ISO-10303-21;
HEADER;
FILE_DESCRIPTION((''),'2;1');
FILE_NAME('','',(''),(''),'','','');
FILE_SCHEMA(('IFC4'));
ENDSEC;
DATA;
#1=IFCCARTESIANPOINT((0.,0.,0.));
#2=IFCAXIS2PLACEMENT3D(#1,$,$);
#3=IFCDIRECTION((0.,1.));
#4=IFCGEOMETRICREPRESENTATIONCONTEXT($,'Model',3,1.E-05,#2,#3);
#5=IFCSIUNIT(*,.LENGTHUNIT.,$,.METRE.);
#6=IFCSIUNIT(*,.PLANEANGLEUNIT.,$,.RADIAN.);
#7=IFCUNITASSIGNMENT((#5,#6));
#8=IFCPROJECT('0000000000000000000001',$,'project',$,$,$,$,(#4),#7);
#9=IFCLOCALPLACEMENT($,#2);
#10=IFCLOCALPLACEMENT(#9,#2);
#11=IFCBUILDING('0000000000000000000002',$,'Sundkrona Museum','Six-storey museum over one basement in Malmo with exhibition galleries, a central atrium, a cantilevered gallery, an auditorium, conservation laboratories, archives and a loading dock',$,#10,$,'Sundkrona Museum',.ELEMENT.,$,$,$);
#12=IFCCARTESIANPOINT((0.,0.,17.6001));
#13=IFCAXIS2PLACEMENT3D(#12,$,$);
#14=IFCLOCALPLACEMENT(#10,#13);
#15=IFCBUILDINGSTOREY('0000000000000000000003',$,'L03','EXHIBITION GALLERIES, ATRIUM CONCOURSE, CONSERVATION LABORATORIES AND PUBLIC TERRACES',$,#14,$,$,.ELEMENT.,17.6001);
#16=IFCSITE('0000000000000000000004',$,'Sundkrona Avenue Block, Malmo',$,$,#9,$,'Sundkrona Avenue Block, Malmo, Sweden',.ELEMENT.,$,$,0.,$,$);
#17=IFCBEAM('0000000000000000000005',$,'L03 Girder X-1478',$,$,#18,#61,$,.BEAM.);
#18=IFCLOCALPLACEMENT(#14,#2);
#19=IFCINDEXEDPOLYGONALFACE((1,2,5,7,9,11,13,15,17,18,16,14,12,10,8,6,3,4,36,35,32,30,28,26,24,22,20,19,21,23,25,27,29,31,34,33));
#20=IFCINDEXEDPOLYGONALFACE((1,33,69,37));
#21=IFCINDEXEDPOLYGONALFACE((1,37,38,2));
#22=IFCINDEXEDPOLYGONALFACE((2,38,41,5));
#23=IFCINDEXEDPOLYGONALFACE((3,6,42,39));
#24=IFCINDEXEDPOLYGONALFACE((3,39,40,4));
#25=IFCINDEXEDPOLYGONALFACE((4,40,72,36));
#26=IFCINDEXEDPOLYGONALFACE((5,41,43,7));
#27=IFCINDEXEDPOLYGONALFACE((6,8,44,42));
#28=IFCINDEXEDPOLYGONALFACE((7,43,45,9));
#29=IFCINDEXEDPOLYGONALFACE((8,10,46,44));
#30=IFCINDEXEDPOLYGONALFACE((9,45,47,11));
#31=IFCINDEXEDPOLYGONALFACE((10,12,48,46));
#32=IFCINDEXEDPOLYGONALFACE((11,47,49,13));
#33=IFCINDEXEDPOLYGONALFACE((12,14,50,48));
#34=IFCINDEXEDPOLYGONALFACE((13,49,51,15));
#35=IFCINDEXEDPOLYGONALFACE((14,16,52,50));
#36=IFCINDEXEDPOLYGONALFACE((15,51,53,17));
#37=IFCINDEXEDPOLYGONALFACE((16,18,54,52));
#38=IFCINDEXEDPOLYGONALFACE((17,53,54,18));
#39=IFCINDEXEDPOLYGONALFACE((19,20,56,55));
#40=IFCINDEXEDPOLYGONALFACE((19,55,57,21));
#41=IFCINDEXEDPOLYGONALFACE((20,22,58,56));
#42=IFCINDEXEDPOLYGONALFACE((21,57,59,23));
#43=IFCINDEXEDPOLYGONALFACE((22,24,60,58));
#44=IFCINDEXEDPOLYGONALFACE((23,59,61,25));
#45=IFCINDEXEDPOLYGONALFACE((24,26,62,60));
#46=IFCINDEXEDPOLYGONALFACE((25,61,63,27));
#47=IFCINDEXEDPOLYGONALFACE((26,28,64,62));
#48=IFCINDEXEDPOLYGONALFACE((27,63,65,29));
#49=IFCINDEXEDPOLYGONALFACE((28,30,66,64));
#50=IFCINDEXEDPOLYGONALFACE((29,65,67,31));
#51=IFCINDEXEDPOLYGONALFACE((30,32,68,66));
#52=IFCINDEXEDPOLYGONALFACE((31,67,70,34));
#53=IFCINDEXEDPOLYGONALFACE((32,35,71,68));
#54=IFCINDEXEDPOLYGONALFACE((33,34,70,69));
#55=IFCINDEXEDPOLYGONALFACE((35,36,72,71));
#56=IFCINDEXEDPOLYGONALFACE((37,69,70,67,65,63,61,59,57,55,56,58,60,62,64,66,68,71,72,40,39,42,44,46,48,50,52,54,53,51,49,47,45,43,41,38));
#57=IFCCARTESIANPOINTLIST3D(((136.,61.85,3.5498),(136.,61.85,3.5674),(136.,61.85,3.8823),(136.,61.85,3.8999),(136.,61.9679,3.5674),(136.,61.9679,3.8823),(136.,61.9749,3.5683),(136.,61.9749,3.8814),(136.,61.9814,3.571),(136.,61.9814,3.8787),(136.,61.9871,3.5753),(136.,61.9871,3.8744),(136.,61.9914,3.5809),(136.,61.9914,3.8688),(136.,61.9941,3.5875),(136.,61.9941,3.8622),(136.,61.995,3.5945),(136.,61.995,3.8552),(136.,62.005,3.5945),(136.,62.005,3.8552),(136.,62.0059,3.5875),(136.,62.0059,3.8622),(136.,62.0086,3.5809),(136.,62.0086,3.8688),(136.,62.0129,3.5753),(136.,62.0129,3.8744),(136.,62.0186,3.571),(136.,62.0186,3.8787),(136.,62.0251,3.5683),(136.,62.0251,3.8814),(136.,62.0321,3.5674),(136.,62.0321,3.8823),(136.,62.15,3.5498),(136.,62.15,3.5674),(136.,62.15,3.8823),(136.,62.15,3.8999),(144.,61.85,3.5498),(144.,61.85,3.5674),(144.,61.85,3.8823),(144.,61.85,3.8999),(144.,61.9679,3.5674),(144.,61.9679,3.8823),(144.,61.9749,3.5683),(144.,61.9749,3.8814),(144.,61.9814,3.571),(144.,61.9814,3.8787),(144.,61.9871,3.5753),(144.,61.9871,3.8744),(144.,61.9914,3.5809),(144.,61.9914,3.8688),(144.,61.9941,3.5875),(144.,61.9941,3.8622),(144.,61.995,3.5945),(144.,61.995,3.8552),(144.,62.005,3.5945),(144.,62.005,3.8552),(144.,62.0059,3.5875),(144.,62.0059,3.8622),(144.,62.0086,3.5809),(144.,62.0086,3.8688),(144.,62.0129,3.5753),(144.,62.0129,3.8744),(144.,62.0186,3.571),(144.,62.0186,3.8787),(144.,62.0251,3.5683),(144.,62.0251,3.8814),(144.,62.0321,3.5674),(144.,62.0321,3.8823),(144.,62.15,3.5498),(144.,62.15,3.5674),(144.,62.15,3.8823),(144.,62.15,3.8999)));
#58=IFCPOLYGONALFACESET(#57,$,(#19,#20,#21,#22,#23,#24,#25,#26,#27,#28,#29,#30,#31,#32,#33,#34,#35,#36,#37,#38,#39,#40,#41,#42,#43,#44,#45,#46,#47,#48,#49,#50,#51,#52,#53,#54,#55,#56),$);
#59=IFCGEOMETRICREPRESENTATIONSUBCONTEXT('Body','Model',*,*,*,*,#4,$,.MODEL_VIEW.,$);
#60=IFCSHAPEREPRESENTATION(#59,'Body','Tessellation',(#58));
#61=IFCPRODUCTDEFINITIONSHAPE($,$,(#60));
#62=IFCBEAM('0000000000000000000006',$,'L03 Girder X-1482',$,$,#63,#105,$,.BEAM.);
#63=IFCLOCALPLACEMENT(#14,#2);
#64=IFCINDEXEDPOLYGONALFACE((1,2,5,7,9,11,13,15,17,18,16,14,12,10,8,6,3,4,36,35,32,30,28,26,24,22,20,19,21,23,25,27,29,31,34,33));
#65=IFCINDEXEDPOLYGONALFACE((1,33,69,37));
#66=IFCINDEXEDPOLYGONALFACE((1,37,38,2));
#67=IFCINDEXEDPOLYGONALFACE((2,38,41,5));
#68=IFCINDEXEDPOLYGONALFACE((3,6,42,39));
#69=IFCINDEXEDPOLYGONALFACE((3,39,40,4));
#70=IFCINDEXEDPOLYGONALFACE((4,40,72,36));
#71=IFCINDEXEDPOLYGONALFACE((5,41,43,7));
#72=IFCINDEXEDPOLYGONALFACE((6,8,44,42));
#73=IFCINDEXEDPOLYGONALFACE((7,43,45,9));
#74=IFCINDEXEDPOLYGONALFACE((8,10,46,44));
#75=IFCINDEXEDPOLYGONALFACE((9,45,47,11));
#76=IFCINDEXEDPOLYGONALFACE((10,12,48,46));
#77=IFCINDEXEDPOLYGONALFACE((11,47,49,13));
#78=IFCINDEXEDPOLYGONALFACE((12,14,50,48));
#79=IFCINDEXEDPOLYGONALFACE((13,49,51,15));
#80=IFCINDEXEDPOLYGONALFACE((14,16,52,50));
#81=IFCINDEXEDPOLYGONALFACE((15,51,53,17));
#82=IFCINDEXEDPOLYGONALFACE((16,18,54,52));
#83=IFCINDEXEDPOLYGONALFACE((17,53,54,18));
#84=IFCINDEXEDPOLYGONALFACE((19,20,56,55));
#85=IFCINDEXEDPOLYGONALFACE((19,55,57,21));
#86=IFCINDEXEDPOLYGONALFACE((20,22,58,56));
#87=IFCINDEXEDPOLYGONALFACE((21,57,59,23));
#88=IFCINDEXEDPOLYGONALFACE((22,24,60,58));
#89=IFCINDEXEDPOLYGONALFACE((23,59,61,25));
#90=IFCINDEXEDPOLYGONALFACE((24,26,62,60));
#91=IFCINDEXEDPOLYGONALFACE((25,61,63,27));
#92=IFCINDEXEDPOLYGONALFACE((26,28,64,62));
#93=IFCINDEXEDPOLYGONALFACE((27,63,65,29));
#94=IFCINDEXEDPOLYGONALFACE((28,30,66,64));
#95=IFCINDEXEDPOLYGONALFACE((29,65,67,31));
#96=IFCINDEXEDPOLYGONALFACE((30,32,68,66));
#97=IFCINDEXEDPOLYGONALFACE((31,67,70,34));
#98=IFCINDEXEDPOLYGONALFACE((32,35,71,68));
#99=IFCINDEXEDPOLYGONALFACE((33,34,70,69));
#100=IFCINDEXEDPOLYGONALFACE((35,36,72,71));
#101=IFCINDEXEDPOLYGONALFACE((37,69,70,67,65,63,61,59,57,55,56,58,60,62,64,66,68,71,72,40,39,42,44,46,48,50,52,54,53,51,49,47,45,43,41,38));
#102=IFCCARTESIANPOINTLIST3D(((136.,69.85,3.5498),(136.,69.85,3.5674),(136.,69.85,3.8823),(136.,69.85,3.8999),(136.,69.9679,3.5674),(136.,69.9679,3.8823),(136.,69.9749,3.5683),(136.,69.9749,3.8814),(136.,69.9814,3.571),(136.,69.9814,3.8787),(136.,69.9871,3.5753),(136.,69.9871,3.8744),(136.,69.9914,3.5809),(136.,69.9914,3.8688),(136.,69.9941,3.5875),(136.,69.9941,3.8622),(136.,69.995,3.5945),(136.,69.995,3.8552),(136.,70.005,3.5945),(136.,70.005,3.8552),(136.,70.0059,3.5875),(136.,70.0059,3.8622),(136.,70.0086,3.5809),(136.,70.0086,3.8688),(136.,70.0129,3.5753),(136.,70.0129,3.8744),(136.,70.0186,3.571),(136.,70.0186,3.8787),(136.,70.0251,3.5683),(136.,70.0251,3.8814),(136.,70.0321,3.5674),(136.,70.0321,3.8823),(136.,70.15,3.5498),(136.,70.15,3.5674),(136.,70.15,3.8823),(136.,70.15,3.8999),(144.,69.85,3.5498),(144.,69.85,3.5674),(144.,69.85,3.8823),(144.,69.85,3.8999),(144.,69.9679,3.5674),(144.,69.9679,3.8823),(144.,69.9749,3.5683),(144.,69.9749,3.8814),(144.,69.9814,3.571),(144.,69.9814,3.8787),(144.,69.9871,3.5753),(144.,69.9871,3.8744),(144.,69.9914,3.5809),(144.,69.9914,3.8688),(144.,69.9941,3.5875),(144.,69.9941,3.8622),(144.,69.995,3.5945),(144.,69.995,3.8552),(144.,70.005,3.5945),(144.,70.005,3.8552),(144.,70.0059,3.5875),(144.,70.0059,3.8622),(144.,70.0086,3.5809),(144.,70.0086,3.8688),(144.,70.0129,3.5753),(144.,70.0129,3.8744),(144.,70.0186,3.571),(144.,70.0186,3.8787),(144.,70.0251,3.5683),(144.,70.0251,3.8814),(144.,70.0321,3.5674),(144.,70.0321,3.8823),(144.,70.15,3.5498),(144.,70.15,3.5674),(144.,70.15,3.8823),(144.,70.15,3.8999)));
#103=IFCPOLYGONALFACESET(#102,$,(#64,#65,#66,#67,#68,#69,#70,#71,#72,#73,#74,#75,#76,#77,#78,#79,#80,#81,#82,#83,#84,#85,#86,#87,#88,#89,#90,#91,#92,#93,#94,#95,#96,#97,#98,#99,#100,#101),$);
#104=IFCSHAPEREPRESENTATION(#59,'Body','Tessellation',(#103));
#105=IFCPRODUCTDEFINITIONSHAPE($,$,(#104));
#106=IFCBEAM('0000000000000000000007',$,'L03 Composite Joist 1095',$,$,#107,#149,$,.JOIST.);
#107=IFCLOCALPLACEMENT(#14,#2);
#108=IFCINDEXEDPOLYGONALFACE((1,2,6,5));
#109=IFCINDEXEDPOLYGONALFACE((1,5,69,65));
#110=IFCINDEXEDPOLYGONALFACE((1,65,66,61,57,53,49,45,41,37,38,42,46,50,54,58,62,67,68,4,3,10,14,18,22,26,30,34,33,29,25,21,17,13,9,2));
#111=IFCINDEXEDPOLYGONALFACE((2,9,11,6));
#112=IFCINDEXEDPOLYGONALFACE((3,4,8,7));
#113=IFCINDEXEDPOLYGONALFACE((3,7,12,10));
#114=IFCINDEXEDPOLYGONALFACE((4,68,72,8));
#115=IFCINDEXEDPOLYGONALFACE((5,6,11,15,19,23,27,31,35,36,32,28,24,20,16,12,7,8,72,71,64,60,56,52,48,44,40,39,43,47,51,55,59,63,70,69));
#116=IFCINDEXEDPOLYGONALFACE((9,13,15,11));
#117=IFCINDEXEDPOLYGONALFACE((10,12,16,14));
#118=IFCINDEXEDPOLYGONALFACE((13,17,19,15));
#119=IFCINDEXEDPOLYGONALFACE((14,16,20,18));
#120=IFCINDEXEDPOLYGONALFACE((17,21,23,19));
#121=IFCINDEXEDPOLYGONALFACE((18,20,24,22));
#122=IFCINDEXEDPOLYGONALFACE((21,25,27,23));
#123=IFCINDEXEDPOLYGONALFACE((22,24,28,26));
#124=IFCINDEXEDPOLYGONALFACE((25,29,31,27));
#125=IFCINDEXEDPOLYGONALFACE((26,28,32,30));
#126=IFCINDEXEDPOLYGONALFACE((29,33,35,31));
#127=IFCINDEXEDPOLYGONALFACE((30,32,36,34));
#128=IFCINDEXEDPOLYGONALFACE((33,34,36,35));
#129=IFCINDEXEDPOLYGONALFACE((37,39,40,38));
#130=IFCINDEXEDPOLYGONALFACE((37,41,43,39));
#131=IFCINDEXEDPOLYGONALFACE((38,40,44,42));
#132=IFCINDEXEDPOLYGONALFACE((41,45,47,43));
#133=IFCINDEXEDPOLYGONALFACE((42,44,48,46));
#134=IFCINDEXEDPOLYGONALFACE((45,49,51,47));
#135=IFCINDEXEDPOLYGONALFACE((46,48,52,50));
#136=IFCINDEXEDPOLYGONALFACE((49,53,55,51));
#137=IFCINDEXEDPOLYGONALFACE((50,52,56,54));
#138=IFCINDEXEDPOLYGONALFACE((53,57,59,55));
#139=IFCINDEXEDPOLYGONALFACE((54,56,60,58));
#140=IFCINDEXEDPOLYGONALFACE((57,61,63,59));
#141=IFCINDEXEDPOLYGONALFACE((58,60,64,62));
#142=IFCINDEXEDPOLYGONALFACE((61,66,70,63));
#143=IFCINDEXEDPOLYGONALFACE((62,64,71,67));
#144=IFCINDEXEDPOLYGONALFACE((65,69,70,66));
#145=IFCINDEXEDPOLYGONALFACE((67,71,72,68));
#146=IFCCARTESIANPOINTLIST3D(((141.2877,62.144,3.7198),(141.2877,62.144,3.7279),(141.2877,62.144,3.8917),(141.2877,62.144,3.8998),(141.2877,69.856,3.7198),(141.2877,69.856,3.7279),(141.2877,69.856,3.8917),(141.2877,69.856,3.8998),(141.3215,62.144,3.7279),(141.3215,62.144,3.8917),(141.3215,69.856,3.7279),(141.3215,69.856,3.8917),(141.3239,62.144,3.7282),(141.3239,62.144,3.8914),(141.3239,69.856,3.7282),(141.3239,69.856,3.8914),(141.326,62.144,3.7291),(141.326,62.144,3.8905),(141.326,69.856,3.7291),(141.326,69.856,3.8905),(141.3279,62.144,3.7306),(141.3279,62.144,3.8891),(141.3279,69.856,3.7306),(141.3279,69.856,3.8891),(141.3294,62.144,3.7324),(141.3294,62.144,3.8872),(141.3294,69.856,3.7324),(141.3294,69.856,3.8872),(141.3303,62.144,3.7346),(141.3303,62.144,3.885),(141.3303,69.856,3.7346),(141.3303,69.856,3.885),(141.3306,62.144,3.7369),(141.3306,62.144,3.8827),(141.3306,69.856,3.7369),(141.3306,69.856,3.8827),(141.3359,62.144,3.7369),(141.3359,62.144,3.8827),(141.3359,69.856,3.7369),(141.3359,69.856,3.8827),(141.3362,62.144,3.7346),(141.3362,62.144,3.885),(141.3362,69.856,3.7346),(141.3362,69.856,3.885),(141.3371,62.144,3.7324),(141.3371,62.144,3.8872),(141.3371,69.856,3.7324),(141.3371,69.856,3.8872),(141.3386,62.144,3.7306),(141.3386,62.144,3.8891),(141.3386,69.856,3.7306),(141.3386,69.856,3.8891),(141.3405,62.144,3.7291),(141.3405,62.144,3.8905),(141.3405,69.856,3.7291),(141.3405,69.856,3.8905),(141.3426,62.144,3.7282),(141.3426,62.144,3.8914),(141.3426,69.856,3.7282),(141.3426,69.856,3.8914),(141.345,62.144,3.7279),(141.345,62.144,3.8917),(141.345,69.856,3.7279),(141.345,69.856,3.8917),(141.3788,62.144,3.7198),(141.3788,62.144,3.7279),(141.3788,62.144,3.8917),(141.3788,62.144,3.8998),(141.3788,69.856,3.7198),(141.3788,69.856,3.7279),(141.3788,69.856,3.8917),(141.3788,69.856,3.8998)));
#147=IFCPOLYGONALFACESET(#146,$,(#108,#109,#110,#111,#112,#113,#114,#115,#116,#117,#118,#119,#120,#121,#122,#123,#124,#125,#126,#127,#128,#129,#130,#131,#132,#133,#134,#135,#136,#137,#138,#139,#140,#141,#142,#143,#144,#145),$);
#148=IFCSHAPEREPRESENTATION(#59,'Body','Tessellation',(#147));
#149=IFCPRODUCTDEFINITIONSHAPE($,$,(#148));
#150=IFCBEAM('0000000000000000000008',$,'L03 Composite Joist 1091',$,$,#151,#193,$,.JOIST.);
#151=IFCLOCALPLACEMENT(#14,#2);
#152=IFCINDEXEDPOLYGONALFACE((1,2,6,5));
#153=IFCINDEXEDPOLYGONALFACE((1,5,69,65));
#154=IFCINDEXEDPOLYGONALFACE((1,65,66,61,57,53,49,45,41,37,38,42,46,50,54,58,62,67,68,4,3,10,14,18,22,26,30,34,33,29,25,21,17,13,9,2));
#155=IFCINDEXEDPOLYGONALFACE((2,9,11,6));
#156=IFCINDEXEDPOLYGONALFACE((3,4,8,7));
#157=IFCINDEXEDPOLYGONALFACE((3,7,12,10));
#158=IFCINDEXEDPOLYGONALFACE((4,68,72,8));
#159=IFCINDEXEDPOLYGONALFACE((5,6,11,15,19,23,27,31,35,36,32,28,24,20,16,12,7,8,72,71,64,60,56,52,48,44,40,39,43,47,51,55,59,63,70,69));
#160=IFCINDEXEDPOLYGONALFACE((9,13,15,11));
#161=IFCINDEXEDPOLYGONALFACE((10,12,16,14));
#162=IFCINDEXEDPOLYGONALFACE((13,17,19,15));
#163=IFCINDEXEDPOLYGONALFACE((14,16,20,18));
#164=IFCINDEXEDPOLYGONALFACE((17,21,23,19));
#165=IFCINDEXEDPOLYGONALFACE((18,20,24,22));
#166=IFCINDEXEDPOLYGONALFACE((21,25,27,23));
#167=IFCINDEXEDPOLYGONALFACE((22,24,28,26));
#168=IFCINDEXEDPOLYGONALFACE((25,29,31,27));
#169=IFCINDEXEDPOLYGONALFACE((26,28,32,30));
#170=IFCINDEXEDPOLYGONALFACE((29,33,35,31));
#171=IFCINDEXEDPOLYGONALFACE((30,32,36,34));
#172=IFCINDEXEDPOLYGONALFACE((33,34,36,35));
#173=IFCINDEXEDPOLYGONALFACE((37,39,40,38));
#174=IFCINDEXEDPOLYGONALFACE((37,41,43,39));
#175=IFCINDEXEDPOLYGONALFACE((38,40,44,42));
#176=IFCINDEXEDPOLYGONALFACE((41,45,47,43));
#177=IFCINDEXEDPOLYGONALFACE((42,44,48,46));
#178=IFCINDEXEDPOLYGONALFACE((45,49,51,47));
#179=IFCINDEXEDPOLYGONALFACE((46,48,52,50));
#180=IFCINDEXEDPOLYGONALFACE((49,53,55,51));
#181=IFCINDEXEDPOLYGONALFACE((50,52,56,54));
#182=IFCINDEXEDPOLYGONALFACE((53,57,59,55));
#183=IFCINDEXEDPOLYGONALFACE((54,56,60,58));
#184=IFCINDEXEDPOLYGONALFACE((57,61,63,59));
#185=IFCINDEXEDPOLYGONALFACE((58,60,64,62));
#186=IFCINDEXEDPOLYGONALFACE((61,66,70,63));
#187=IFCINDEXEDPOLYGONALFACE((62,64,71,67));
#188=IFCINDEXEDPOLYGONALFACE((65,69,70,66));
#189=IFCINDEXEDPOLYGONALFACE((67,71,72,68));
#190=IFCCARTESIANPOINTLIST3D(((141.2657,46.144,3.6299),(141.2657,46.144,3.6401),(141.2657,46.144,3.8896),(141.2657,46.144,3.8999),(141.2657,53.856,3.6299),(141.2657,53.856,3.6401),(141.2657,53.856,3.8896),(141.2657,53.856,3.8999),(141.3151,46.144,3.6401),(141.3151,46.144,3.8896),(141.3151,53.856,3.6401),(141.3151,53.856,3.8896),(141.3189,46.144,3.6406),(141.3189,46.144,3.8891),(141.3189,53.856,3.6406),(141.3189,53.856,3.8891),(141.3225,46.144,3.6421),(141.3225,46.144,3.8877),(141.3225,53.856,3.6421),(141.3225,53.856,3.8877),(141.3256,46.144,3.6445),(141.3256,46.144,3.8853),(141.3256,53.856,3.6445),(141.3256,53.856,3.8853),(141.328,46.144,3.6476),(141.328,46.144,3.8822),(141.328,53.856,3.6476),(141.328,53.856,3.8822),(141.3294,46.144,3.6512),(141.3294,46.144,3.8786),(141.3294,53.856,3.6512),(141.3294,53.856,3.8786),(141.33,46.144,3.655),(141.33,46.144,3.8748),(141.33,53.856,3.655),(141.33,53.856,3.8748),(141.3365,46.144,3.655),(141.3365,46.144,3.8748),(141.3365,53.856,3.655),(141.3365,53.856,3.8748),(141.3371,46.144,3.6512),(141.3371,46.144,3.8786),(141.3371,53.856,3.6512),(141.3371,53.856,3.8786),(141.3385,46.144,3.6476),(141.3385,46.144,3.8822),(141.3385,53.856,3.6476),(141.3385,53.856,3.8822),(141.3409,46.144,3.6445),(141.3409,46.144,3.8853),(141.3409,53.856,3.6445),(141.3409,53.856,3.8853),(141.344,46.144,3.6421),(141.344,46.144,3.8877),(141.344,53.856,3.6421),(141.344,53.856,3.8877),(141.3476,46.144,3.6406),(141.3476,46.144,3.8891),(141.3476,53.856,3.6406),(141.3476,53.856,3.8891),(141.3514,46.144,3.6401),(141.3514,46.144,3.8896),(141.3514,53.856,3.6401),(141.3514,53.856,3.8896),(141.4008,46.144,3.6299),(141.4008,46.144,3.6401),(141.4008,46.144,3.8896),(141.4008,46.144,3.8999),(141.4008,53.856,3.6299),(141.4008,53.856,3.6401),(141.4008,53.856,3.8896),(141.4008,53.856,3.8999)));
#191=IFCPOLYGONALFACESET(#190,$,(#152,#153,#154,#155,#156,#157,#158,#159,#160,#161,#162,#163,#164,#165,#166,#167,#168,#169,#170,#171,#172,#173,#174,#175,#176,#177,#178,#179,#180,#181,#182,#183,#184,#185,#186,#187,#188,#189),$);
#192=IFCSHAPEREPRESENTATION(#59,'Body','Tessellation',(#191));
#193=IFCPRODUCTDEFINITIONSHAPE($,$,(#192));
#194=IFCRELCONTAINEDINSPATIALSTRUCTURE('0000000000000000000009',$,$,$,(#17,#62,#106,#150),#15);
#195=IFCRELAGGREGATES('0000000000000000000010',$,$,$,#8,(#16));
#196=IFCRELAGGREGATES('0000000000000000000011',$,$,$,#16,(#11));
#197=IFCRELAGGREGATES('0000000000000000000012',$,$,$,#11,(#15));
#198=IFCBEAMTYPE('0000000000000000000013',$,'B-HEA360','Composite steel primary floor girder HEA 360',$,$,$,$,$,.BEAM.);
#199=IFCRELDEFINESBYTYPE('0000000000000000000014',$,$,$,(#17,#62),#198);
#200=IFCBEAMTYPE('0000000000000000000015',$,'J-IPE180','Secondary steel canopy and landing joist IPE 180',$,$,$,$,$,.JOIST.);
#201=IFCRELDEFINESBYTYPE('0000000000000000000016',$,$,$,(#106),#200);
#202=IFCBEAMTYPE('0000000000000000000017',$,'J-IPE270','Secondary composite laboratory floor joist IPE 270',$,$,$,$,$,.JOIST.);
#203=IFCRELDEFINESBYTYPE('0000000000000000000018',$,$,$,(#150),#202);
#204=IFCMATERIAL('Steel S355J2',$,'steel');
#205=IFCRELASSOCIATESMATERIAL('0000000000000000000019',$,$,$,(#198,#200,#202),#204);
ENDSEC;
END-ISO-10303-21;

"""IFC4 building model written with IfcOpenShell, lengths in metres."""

from ifc_helpers import new_model, si_unit, direction, frame, origin, origin_2d, place, context, subcontext, project, spatial, i_section, extrude, material, material_profile, profile_set, type_object, element, save


model = new_model("IFC4")

# Units and contexts
model_context = context("Model", 3, precision=1e-05, world=origin(), true_north=direction((0.0, 1.0)))
body_context = subcontext(model_context, "Body", "Model", "MODEL_VIEW")
ifc_project = project(units=[si_unit("LENGTHUNIT", "METRE"), si_unit("PLANEANGLEUNIT", "RADIAN")], contexts=[model_context])

# Site, building, storey
site_placement = place(None, origin())
site = spatial("IfcSite", under=ifc_project, at=site_placement, Name="Sundkrona Avenue Block, Malmo", LongName="Sundkrona Avenue Block, Malmo, Sweden", CompositionType="ELEMENT", RefElevation=0.0)
building_placement = place(site_placement, origin())
building = spatial("IfcBuilding", under=site, at=building_placement, Name="Sundkrona Museum", Description="Six-storey museum over one basement in Malmo with exhibition galleries, a central atrium, a cantilevered gallery, an auditorium, conservation laboratories, archives and a loading dock", LongName="Sundkrona Museum", CompositionType="ELEMENT")
storey_placement = place(building_placement, frame((0.0, 0.0, 17.6001)))
storey = spatial("IfcBuildingStorey", under=building, at=storey_placement, Name="L03", Description="EXHIBITION GALLERIES, ATRIUM CONCOURSE, CONSERVATION LABORATORIES AND PUBLIC TERRACES", CompositionType="ELEMENT", Elevation=17.6001)

# Shared definitions
ifc_material_1 = material(Name="Steel S355J2", Category="steel")

# Beams
ifc_material_profile_1 = material_profile(ifc_material_1, i_section(OverallWidth=0.3, OverallDepth=0.3501, WebThickness=0.01, FlangeThickness=0.0176, FilletRadius=0.0271, at=origin_2d()), Name="HEA 360")
ifc_profile_set_1 = profile_set([ifc_material_profile_1], Name="Steel S355J2")
beam_type_1 = type_object("IfcBeamType", Name="B-HEA360", Description="Composite steel primary floor girder HEA 360", PredefinedType="BEAM", material=ifc_profile_set_1)
for number, where, z_axis, x_axis, name in (
    (1, (136.0, 62.0, 3.7249), (1.0, 0.0, 0.0), (0.0, 1.0, 0.0), "L03 Girder X-1478"),
    (2, (136.0, 70.0, 3.7249), (1.0, 0.0, 0.0), (0.0, 1.0, 0.0), "L03 Girder X-1482"),
):
    element("IfcBeam", number, at=place(storey_placement, frame(where, z_axis=z_axis, x_axis=x_axis)), inside=storey, type_object=beam_type_1, Name=name, PredefinedType="BEAM", context=body_context, shape_type="SweptSolid", body=[
        extrude(i_section(OverallWidth=0.3, OverallDepth=0.3501, WebThickness=0.01, FlangeThickness=0.0176, FilletRadius=0.0271, at=origin_2d()), origin(), (0.0, 0.0, 1.0), 8.0),
    ])
ifc_material_profile_2 = material_profile(ifc_material_1, i_section(OverallWidth=0.0911, OverallDepth=0.1799, WebThickness=0.0054, FlangeThickness=0.0081, FilletRadius=0.009, at=origin_2d()), Name="IPE 180")
ifc_profile_set_2 = profile_set([ifc_material_profile_2], Name="Steel S355J2")
beam_type_2 = type_object("IfcBeamType", Name="J-IPE180", Description="Secondary steel canopy and landing joist IPE 180", PredefinedType="JOIST", material=ifc_profile_set_2)
beam_placement = place(storey_placement, frame((141.3333, 62.144, 3.8098), z_axis=(0.0, 1.0, 0.0), x_axis=(-1.0, 0.0, 0.0)))
element("IfcBeam", 3, at=beam_placement, inside=storey, type_object=beam_type_2, Name="L03 Composite Joist 1095", PredefinedType="JOIST", context=body_context, shape_type="SweptSolid", body=[
    extrude(i_section(OverallWidth=0.0911, OverallDepth=0.1799, WebThickness=0.0054, FlangeThickness=0.0081, FilletRadius=0.009, at=origin_2d()), origin(), (0.0, 0.0, 1.0), 7.7119),
])
ifc_material_profile_3 = material_profile(ifc_material_1, i_section(OverallWidth=0.135, OverallDepth=0.27, WebThickness=0.0066, FlangeThickness=0.0103, FilletRadius=0.0149, at=origin_2d()), Name="IPE 270")
ifc_profile_set_3 = profile_set([ifc_material_profile_3], Name="Steel S355J2")
beam_type_3 = type_object("IfcBeamType", Name="J-IPE270", Description="Secondary composite laboratory floor joist IPE 270", PredefinedType="JOIST", material=ifc_profile_set_3)
for number, where, z_axis, x_axis, name in (
    (4, (141.3333, 46.144, 3.7649), (0.0, 1.0, 0.0), (-1.0, 0.0, 0.0), "L03 Composite Joist 1091"),
):
    element("IfcBeam", number, at=place(storey_placement, frame(where, z_axis=z_axis, x_axis=x_axis)), inside=storey, type_object=beam_type_3, Name=name, PredefinedType="JOIST", context=body_context, shape_type="SweptSolid", body=[
        extrude(i_section(OverallWidth=0.135, OverallDepth=0.27, WebThickness=0.0066, FlangeThickness=0.0103, FilletRadius=0.0149, at=origin_2d()), origin(), (0.0, 0.0, 1.0), 7.7119),
    ])

save(model, "model.ifc")
